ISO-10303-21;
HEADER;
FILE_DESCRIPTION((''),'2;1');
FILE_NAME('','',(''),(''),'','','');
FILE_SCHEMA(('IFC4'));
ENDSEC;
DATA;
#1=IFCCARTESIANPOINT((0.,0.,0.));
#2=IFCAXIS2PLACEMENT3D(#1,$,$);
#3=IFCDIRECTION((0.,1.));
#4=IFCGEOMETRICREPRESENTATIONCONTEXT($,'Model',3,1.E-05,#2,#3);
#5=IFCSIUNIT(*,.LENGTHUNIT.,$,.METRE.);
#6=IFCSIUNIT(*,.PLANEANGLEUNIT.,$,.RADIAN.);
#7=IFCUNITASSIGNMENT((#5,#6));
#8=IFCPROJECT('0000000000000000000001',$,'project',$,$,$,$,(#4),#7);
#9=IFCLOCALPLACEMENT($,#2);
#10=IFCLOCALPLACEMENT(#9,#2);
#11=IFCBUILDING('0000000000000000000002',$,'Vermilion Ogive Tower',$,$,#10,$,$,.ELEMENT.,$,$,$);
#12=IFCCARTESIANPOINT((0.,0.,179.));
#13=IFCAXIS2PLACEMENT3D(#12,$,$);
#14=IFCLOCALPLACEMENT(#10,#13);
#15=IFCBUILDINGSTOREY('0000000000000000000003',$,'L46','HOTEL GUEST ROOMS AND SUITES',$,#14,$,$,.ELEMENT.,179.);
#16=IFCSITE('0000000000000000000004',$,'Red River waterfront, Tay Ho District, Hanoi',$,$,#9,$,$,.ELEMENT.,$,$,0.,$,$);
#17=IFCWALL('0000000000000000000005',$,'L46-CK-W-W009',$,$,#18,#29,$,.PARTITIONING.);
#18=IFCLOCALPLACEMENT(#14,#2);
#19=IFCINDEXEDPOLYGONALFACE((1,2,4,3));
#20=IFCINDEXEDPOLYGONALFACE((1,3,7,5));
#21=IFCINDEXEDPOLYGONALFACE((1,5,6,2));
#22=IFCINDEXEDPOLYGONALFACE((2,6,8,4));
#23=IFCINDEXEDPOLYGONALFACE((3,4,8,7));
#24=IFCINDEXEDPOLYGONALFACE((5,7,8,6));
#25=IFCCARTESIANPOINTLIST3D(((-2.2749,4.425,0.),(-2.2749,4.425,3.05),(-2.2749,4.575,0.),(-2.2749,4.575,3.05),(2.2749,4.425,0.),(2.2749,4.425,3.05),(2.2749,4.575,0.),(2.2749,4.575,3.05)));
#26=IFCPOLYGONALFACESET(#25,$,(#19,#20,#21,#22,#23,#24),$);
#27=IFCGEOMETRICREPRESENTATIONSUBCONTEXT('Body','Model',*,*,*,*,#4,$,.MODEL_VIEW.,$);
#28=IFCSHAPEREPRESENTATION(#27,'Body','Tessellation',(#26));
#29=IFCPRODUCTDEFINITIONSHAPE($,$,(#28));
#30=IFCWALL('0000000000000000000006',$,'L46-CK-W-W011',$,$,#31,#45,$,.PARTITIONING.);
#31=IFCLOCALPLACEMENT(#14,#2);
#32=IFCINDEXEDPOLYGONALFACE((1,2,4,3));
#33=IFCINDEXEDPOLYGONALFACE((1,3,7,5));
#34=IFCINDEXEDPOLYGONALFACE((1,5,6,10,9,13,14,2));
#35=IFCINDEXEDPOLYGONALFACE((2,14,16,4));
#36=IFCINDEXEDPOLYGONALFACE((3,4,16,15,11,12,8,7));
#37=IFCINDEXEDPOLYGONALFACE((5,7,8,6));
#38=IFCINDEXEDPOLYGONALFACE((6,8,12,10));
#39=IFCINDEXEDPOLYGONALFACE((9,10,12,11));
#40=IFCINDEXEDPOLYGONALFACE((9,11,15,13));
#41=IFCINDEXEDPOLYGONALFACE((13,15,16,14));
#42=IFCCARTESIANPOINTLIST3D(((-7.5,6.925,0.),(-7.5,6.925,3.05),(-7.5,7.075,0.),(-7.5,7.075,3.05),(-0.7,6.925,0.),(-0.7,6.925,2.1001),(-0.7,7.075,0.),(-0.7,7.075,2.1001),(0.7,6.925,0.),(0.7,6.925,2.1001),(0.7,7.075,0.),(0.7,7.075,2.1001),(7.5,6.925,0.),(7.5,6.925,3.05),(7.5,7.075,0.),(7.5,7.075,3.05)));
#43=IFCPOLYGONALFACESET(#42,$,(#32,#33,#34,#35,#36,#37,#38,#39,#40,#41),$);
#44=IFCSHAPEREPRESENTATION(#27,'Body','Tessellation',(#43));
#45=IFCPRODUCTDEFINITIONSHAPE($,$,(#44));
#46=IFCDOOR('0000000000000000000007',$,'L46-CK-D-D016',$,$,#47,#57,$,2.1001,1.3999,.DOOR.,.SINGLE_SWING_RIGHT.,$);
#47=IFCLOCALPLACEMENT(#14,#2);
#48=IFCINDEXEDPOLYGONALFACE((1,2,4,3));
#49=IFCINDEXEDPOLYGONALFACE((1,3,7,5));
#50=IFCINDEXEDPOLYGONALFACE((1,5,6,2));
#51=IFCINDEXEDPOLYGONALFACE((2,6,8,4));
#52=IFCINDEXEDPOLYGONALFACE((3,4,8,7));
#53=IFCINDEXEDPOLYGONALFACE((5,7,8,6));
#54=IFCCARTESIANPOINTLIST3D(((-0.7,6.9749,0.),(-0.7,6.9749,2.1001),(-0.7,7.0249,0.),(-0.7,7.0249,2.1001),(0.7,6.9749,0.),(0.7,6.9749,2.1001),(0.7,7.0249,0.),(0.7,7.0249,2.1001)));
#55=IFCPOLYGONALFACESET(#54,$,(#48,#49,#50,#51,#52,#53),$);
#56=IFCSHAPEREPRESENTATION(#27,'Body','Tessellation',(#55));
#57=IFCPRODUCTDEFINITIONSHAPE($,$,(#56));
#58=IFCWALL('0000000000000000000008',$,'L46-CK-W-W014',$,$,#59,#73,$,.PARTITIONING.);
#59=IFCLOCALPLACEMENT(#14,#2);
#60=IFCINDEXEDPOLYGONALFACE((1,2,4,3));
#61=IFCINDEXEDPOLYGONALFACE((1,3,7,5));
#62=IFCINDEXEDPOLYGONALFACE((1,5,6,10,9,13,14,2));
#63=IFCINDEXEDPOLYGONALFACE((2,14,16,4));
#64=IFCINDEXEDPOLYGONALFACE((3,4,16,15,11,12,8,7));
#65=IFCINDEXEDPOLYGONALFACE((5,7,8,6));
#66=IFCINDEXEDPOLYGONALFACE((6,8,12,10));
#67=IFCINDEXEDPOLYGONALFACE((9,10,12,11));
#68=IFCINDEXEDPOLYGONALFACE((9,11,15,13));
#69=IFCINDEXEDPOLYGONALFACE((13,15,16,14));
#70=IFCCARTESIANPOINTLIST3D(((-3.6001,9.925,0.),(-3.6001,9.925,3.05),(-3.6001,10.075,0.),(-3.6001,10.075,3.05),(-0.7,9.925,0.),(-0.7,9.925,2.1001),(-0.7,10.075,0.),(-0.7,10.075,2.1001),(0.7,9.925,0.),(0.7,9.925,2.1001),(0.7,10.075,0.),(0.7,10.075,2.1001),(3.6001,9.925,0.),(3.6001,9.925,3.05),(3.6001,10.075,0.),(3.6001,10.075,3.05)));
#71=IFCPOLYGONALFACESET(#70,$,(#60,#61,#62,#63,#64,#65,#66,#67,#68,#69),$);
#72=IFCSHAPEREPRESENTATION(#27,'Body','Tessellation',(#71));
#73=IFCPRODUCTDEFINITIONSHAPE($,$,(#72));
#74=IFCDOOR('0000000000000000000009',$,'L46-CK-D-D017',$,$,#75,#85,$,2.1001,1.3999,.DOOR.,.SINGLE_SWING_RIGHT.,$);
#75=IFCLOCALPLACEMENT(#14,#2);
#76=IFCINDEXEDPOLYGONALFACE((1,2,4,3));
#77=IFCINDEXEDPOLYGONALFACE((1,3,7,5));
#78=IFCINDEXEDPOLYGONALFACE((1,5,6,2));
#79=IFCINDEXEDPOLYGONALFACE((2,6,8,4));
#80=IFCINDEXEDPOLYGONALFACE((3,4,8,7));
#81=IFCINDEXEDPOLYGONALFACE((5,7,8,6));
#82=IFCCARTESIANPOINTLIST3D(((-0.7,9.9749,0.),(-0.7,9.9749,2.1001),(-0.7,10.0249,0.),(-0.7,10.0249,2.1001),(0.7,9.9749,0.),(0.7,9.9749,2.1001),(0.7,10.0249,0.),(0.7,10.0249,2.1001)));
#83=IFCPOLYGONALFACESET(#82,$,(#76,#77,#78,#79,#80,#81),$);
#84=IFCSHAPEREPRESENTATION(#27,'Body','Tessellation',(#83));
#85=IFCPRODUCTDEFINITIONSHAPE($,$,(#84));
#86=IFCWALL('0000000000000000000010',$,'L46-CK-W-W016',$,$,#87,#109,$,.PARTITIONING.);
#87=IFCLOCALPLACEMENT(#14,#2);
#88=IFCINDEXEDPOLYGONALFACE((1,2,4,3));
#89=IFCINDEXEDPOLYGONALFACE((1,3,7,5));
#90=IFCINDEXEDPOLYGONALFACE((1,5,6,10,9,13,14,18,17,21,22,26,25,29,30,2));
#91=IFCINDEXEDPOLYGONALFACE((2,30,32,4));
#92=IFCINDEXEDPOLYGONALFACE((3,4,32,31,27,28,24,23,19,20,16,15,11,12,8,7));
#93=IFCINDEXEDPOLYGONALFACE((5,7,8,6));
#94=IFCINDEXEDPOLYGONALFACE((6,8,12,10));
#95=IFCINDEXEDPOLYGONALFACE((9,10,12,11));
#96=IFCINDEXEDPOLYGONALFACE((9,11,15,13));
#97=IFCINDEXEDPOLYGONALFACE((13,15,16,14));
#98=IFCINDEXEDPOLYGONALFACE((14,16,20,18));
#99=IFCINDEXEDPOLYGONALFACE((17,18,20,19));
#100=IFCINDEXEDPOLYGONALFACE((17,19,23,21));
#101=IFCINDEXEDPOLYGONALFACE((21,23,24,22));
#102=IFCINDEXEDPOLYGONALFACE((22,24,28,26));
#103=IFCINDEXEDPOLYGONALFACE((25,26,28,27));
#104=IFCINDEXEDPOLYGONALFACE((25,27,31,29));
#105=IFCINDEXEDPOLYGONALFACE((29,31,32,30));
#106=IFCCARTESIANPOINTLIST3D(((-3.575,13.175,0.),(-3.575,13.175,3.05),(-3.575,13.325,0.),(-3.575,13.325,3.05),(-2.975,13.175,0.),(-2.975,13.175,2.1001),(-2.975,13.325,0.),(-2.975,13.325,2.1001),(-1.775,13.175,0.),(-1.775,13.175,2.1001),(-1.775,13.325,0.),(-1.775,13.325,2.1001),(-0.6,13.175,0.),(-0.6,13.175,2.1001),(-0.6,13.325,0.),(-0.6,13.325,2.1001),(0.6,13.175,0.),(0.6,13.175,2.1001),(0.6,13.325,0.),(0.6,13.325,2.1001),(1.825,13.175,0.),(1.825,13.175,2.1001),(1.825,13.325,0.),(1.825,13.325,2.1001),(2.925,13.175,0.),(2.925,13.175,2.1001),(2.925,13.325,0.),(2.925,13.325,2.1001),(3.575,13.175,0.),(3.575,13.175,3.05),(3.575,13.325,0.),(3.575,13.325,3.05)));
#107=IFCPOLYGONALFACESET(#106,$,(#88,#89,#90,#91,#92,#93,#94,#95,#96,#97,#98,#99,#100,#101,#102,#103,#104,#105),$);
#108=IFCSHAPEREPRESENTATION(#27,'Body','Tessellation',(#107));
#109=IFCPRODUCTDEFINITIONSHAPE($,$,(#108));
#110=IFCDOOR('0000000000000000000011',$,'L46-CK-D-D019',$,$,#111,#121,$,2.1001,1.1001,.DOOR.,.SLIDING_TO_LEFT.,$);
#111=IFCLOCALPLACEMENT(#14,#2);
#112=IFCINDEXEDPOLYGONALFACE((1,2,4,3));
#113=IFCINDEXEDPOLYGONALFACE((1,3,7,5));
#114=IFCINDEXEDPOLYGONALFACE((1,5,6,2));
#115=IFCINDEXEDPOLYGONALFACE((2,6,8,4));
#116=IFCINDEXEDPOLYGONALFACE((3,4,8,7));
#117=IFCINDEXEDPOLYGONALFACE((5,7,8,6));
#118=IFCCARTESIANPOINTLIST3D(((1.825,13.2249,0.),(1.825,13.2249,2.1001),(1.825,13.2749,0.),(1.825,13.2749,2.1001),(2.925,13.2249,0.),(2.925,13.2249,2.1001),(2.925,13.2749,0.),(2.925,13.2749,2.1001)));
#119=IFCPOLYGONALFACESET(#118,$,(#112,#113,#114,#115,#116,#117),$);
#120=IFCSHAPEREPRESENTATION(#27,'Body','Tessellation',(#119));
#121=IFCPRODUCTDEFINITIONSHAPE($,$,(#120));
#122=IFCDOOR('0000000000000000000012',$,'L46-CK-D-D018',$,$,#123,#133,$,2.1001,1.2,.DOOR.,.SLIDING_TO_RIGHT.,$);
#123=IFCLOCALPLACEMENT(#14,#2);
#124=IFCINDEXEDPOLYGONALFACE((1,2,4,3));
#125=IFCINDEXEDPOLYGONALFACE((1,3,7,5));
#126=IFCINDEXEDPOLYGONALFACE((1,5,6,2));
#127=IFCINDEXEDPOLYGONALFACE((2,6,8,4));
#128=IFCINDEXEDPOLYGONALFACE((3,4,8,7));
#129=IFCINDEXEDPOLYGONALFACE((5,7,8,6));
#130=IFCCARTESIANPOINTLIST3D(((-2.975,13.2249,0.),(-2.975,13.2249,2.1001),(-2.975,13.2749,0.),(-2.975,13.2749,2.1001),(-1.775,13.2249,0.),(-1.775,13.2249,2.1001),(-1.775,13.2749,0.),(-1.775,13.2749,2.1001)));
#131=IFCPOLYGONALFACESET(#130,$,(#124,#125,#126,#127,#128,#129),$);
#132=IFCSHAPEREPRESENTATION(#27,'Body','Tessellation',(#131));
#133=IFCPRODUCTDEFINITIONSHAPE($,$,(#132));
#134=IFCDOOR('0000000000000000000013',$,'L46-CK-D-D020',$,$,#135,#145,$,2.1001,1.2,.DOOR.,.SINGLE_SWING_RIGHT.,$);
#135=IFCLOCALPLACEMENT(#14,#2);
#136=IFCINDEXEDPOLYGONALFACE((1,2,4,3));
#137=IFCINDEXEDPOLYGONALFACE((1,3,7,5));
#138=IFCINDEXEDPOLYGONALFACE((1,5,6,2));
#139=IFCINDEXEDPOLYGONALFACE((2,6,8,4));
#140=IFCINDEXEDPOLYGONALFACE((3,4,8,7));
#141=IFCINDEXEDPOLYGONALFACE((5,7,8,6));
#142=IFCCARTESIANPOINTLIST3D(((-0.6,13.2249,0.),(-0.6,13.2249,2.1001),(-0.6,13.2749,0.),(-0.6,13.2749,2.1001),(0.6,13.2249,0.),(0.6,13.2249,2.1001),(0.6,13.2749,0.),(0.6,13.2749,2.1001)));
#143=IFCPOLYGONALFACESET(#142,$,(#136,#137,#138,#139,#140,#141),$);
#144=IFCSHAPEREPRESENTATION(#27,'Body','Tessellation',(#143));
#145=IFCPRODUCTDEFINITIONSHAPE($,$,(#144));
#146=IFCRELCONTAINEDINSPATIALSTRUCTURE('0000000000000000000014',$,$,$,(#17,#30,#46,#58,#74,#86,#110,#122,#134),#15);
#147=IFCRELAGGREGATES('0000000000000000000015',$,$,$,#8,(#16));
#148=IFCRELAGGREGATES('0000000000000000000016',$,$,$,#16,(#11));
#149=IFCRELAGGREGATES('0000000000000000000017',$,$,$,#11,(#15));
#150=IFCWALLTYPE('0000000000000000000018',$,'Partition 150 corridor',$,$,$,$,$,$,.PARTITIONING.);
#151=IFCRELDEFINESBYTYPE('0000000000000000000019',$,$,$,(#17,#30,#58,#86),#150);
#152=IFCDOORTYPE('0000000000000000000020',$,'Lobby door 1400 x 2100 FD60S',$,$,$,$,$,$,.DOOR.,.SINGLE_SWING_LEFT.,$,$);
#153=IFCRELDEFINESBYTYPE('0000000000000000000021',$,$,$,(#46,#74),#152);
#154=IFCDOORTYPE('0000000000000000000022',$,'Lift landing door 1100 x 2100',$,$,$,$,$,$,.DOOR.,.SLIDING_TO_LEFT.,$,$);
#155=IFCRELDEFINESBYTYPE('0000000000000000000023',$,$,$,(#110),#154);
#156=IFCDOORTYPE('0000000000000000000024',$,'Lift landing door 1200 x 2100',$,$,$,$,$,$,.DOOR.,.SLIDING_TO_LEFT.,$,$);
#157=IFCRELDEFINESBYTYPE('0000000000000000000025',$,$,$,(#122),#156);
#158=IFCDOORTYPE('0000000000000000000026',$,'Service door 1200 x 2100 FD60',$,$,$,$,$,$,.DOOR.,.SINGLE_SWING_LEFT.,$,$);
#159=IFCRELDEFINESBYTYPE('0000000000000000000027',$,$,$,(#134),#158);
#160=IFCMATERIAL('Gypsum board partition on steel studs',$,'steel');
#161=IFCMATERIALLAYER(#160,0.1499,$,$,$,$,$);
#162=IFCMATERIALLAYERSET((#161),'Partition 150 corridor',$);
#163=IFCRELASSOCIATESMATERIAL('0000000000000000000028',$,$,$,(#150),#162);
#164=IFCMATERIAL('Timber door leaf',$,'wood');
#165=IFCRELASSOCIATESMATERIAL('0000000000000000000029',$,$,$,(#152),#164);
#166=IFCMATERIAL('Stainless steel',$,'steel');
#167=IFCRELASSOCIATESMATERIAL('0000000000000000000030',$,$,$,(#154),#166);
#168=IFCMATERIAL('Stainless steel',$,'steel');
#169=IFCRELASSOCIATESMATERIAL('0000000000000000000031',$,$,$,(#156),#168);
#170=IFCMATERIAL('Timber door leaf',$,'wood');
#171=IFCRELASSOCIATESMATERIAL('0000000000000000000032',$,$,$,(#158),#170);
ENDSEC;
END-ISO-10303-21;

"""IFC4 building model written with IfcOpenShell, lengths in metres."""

from ifc_helpers import new_model, si_unit, direction, frame, frame_2d, origin, place, context, subcontext, project, spatial, rectangle, extrude, material, layer, layer_set, type_object, element, fill, save


model = new_model("IFC4")

# Units and contexts
model_context = context("Model", 3, precision=1e-05, world=origin(), true_north=direction((0.0, 1.0)))
body_context = subcontext(model_context, "Body", "Model", "MODEL_VIEW")
ifc_project = project(units=[si_unit("LENGTHUNIT", "METRE"), si_unit("PLANEANGLEUNIT", "RADIAN")], contexts=[model_context])

# Site, building, storey
site_placement = place(None, origin())
site = spatial("IfcSite", under=ifc_project, at=site_placement, Name="Red River waterfront, Tay Ho District, Hanoi", CompositionType="ELEMENT", RefElevation=0.0)
building_placement = place(site_placement, origin())
building = spatial("IfcBuilding", under=site, at=building_placement, Name="Vermilion Ogive Tower", CompositionType="ELEMENT")
storey_placement = place(building_placement, frame((0.0, 0.0, 179.0)))
storey = spatial("IfcBuildingStorey", under=building, at=storey_placement, Name="L46", Description="HOTEL GUEST ROOMS AND SUITES", CompositionType="ELEMENT", Elevation=179.0)

# Wall
ifc_material_1 = material(Name="Gypsum board partition on steel studs", Category="steel")
ifc_layer_1 = layer(ifc_material_1, 0.1499)
ifc_layer_set_1 = layer_set([ifc_layer_1], Name="Partition 150 corridor")
wall_type_1 = type_object("IfcWallType", Name="Partition 150 corridor", PredefinedType="PARTITIONING", material=ifc_layer_set_1)
wall_1_placement = place(storey_placement, frame((-2.2749, 4.5, 0.0), z_axis=(0.0, 0.0, 1.0), x_axis=(1.0, 0.0, 0.0)))
element("IfcWall", 1, at=wall_1_placement, inside=storey, type_object=wall_type_1, Name="L46-CK-W-W009", PredefinedType="PARTITIONING", context=body_context, shape_type="SweptSolid", body=[
    extrude(rectangle(XDim=4.5498, YDim=0.1499, at=frame_2d((2.2749, 0.0))), origin(), (0.0, 0.0, 1.0), 3.05),
])

# Walls, openings, doors
wall_2_placement = place(storey_placement, frame((-7.5, 7.0, 0.0), z_axis=(0.0, 0.0, 1.0), x_axis=(1.0, 0.0, 0.0)))
wall_2 = element("IfcWall", 2, at=wall_2_placement, inside=storey, type_object=wall_type_1, Name="L46-CK-W-W011", PredefinedType="PARTITIONING", context=body_context, shape_type="SweptSolid", body=[
    extrude(rectangle(XDim=15.0, YDim=0.1499, at=frame_2d((7.5, 0.0))), origin(), (0.0, 0.0, 1.0), 3.05),
])
opening_1_placement = place(wall_2_placement, frame((6.8, 0.0, 0.0)))
opening_1 = element("IfcOpeningElement", 3, at=opening_1_placement, cuts=wall_2, PredefinedType="OPENING", context=body_context, shape_type="SweptSolid", body=[
    extrude(rectangle(XDim=1.3999, YDim=2.1001, at=frame_2d((0.7, 1.05))), frame((0.0, 0.085, 0.0), z_axis=(0.0, -1.0, 0.0), x_axis=(1.0, 0.0, 0.0)), (0.0, 0.0, 1.0), 0.1699),
])
ifc_material_2 = material(Name="Timber door leaf", Category="wood")
door_type_1 = type_object("IfcDoorType", Name="Lobby door 1400 x 2100 FD60S", OperationType="SINGLE_SWING_LEFT", PredefinedType="DOOR", material=ifc_material_2)
door_1_placement = place(opening_1_placement, origin())
door_1 = element("IfcDoor", 4, at=door_1_placement, inside=storey, type_object=door_type_1, Name="L46-CK-D-D016", OperationType="SINGLE_SWING_RIGHT", OverallHeight=2.1001, OverallWidth=1.3999, PredefinedType="DOOR", context=body_context, shape_type="SweptSolid", body=[
    extrude(rectangle(XDim=1.3999, YDim=2.1001, at=frame_2d((0.7, 1.05))), frame((0.0, 0.0249, 0.0), z_axis=(0.0, -1.0, 0.0), x_axis=(1.0, 0.0, 0.0)), (0.0, 0.0, 1.0), 0.05),
])
fill(opening_1, door_1)
wall_3_placement = place(storey_placement, frame((-3.6001, 10.0, 0.0), z_axis=(0.0, 0.0, 1.0), x_axis=(1.0, 0.0, 0.0)))
wall_3 = element("IfcWall", 5, at=wall_3_placement, inside=storey, type_object=wall_type_1, Name="L46-CK-W-W014", PredefinedType="PARTITIONING", context=body_context, shape_type="SweptSolid", body=[
    extrude(rectangle(XDim=7.2002, YDim=0.1499, at=frame_2d((3.6001, 0.0))), origin(), (0.0, 0.0, 1.0), 3.05),
])
opening_2_placement = place(wall_3_placement, frame((2.9001, 0.0, 0.0)))
opening_2 = element("IfcOpeningElement", 6, at=opening_2_placement, cuts=wall_3, PredefinedType="OPENING", context=body_context, shape_type="SweptSolid", body=[
    extrude(rectangle(XDim=1.3999, YDim=2.1001, at=frame_2d((0.7, 1.05))), frame((0.0, 0.085, 0.0), z_axis=(0.0, -1.0, 0.0), x_axis=(1.0, 0.0, 0.0)), (0.0, 0.0, 1.0), 0.1699),
])
door_2_placement = place(opening_2_placement, origin())
door_2 = element("IfcDoor", 7, at=door_2_placement, inside=storey, type_object=door_type_1, Name="L46-CK-D-D017", OperationType="SINGLE_SWING_RIGHT", OverallHeight=2.1001, OverallWidth=1.3999, PredefinedType="DOOR", context=body_context, shape_type="SweptSolid", body=[
    extrude(rectangle(XDim=1.3999, YDim=2.1001, at=frame_2d((0.7, 1.05))), frame((0.0, 0.0249, 0.0), z_axis=(0.0, -1.0, 0.0), x_axis=(1.0, 0.0, 0.0)), (0.0, 0.0, 1.0), 0.05),
])
fill(opening_2, door_2)

# Wall, openings, doors
wall_4_placement = place(storey_placement, frame((-3.575, 13.25, 0.0), z_axis=(0.0, 0.0, 1.0), x_axis=(1.0, 0.0, 0.0)))
wall_4 = element("IfcWall", 8, at=wall_4_placement, inside=storey, type_object=wall_type_1, Name="L46-CK-W-W016", PredefinedType="PARTITIONING", context=body_context, shape_type="SweptSolid", body=[
    extrude(rectangle(XDim=7.1499, YDim=0.1499, at=frame_2d((3.575, 0.0))), origin(), (0.0, 0.0, 1.0), 3.05),
])
opening_3_placement = place(wall_4_placement, frame((0.5999, 0.0, 0.0)))
opening_3 = element("IfcOpeningElement", 9, at=opening_3_placement, cuts=wall_4, PredefinedType="OPENING", context=body_context, shape_type="SweptSolid", body=[
    extrude(rectangle(XDim=1.2, YDim=2.1001, at=frame_2d((0.6001, 1.05))), frame((0.0, 0.085, 0.0), z_axis=(0.0, -1.0, 0.0), x_axis=(1.0, 0.0, 0.0)), (0.0, 0.0, 1.0), 0.1699),
])
opening_4_placement = place(wall_4_placement, frame((5.3999, 0.0, 0.0)))
opening_4 = element("IfcOpeningElement", 10, at=opening_4_placement, cuts=wall_4, PredefinedType="OPENING", context=body_context, shape_type="SweptSolid", body=[
    extrude(rectangle(XDim=1.1001, YDim=2.1001, at=frame_2d((0.55, 1.05))), frame((0.0, 0.085, 0.0), z_axis=(0.0, -1.0, 0.0), x_axis=(1.0, 0.0, 0.0)), (0.0, 0.0, 1.0), 0.1699),
])
opening_5_placement = place(wall_4_placement, frame((2.9749, 0.0, 0.0)))
opening_5 = element("IfcOpeningElement", 11, at=opening_5_placement, cuts=wall_4, PredefinedType="OPENING", context=body_context, shape_type="SweptSolid", body=[
    extrude(rectangle(XDim=1.2, YDim=2.1001, at=frame_2d((0.6001, 1.05))), frame((0.0, 0.085, 0.0), z_axis=(0.0, -1.0, 0.0), x_axis=(1.0, 0.0, 0.0)), (0.0, 0.0, 1.0), 0.1699),
])
ifc_material_3 = material(Name="Stainless steel", Category="steel")
door_type_2 = type_object("IfcDoorType", Name="Lift landing door 1100 x 2100", OperationType="SLIDING_TO_LEFT", PredefinedType="DOOR", material=ifc_material_3)
door_3_placement = place(opening_4_placement, origin())
door_3 = element("IfcDoor", 12, at=door_3_placement, inside=storey, type_object=door_type_2, Name="L46-CK-D-D019", OperationType="SLIDING_TO_LEFT", OverallHeight=2.1001, OverallWidth=1.1001, PredefinedType="DOOR", context=body_context, shape_type="SweptSolid", body=[
    extrude(rectangle(XDim=1.1001, YDim=2.1001, at=frame_2d((0.55, 1.05))), frame((0.0, 0.0249, 0.0), z_axis=(0.0, -1.0, 0.0), x_axis=(1.0, 0.0, 0.0)), (0.0, 0.0, 1.0), 0.05),
])
fill(opening_4, door_3)
ifc_material_4 = material(Name="Stainless steel", Category="steel")
door_type_3 = type_object("IfcDoorType", Name="Lift landing door 1200 x 2100", OperationType="SLIDING_TO_LEFT", PredefinedType="DOOR", material=ifc_material_4)
door_4_placement = place(opening_3_placement, origin())
door_4 = element("IfcDoor", 13, at=door_4_placement, inside=storey, type_object=door_type_3, Name="L46-CK-D-D018", OperationType="SLIDING_TO_RIGHT", OverallHeight=2.1001, OverallWidth=1.2, PredefinedType="DOOR", context=body_context, shape_type="SweptSolid", body=[
    extrude(rectangle(XDim=1.2, YDim=2.1001, at=frame_2d((0.6001, 1.05))), frame((0.0, 0.0249, 0.0), z_axis=(0.0, -1.0, 0.0), x_axis=(1.0, 0.0, 0.0)), (0.0, 0.0, 1.0), 0.05),
])
fill(opening_3, door_4)
ifc_material_5 = material(Name="Timber door leaf", Category="wood")
door_type_4 = type_object("IfcDoorType", Name="Service door 1200 x 2100 FD60", OperationType="SINGLE_SWING_LEFT", PredefinedType="DOOR", material=ifc_material_5)
door_5_placement = place(opening_5_placement, origin())
door_5 = element("IfcDoor", 14, at=door_5_placement, inside=storey, type_object=door_type_4, Name="L46-CK-D-D020", OperationType="SINGLE_SWING_RIGHT", OverallHeight=2.1001, OverallWidth=1.2, PredefinedType="DOOR", context=body_context, shape_type="SweptSolid", body=[
    extrude(rectangle(XDim=1.2, YDim=2.1001, at=frame_2d((0.6001, 1.05))), frame((0.0, 0.0249, 0.0), z_axis=(0.0, -1.0, 0.0), x_axis=(1.0, 0.0, 0.0)), (0.0, 0.0, 1.0), 0.05),
])
fill(opening_5, door_5)

save(model, "model.ifc")
